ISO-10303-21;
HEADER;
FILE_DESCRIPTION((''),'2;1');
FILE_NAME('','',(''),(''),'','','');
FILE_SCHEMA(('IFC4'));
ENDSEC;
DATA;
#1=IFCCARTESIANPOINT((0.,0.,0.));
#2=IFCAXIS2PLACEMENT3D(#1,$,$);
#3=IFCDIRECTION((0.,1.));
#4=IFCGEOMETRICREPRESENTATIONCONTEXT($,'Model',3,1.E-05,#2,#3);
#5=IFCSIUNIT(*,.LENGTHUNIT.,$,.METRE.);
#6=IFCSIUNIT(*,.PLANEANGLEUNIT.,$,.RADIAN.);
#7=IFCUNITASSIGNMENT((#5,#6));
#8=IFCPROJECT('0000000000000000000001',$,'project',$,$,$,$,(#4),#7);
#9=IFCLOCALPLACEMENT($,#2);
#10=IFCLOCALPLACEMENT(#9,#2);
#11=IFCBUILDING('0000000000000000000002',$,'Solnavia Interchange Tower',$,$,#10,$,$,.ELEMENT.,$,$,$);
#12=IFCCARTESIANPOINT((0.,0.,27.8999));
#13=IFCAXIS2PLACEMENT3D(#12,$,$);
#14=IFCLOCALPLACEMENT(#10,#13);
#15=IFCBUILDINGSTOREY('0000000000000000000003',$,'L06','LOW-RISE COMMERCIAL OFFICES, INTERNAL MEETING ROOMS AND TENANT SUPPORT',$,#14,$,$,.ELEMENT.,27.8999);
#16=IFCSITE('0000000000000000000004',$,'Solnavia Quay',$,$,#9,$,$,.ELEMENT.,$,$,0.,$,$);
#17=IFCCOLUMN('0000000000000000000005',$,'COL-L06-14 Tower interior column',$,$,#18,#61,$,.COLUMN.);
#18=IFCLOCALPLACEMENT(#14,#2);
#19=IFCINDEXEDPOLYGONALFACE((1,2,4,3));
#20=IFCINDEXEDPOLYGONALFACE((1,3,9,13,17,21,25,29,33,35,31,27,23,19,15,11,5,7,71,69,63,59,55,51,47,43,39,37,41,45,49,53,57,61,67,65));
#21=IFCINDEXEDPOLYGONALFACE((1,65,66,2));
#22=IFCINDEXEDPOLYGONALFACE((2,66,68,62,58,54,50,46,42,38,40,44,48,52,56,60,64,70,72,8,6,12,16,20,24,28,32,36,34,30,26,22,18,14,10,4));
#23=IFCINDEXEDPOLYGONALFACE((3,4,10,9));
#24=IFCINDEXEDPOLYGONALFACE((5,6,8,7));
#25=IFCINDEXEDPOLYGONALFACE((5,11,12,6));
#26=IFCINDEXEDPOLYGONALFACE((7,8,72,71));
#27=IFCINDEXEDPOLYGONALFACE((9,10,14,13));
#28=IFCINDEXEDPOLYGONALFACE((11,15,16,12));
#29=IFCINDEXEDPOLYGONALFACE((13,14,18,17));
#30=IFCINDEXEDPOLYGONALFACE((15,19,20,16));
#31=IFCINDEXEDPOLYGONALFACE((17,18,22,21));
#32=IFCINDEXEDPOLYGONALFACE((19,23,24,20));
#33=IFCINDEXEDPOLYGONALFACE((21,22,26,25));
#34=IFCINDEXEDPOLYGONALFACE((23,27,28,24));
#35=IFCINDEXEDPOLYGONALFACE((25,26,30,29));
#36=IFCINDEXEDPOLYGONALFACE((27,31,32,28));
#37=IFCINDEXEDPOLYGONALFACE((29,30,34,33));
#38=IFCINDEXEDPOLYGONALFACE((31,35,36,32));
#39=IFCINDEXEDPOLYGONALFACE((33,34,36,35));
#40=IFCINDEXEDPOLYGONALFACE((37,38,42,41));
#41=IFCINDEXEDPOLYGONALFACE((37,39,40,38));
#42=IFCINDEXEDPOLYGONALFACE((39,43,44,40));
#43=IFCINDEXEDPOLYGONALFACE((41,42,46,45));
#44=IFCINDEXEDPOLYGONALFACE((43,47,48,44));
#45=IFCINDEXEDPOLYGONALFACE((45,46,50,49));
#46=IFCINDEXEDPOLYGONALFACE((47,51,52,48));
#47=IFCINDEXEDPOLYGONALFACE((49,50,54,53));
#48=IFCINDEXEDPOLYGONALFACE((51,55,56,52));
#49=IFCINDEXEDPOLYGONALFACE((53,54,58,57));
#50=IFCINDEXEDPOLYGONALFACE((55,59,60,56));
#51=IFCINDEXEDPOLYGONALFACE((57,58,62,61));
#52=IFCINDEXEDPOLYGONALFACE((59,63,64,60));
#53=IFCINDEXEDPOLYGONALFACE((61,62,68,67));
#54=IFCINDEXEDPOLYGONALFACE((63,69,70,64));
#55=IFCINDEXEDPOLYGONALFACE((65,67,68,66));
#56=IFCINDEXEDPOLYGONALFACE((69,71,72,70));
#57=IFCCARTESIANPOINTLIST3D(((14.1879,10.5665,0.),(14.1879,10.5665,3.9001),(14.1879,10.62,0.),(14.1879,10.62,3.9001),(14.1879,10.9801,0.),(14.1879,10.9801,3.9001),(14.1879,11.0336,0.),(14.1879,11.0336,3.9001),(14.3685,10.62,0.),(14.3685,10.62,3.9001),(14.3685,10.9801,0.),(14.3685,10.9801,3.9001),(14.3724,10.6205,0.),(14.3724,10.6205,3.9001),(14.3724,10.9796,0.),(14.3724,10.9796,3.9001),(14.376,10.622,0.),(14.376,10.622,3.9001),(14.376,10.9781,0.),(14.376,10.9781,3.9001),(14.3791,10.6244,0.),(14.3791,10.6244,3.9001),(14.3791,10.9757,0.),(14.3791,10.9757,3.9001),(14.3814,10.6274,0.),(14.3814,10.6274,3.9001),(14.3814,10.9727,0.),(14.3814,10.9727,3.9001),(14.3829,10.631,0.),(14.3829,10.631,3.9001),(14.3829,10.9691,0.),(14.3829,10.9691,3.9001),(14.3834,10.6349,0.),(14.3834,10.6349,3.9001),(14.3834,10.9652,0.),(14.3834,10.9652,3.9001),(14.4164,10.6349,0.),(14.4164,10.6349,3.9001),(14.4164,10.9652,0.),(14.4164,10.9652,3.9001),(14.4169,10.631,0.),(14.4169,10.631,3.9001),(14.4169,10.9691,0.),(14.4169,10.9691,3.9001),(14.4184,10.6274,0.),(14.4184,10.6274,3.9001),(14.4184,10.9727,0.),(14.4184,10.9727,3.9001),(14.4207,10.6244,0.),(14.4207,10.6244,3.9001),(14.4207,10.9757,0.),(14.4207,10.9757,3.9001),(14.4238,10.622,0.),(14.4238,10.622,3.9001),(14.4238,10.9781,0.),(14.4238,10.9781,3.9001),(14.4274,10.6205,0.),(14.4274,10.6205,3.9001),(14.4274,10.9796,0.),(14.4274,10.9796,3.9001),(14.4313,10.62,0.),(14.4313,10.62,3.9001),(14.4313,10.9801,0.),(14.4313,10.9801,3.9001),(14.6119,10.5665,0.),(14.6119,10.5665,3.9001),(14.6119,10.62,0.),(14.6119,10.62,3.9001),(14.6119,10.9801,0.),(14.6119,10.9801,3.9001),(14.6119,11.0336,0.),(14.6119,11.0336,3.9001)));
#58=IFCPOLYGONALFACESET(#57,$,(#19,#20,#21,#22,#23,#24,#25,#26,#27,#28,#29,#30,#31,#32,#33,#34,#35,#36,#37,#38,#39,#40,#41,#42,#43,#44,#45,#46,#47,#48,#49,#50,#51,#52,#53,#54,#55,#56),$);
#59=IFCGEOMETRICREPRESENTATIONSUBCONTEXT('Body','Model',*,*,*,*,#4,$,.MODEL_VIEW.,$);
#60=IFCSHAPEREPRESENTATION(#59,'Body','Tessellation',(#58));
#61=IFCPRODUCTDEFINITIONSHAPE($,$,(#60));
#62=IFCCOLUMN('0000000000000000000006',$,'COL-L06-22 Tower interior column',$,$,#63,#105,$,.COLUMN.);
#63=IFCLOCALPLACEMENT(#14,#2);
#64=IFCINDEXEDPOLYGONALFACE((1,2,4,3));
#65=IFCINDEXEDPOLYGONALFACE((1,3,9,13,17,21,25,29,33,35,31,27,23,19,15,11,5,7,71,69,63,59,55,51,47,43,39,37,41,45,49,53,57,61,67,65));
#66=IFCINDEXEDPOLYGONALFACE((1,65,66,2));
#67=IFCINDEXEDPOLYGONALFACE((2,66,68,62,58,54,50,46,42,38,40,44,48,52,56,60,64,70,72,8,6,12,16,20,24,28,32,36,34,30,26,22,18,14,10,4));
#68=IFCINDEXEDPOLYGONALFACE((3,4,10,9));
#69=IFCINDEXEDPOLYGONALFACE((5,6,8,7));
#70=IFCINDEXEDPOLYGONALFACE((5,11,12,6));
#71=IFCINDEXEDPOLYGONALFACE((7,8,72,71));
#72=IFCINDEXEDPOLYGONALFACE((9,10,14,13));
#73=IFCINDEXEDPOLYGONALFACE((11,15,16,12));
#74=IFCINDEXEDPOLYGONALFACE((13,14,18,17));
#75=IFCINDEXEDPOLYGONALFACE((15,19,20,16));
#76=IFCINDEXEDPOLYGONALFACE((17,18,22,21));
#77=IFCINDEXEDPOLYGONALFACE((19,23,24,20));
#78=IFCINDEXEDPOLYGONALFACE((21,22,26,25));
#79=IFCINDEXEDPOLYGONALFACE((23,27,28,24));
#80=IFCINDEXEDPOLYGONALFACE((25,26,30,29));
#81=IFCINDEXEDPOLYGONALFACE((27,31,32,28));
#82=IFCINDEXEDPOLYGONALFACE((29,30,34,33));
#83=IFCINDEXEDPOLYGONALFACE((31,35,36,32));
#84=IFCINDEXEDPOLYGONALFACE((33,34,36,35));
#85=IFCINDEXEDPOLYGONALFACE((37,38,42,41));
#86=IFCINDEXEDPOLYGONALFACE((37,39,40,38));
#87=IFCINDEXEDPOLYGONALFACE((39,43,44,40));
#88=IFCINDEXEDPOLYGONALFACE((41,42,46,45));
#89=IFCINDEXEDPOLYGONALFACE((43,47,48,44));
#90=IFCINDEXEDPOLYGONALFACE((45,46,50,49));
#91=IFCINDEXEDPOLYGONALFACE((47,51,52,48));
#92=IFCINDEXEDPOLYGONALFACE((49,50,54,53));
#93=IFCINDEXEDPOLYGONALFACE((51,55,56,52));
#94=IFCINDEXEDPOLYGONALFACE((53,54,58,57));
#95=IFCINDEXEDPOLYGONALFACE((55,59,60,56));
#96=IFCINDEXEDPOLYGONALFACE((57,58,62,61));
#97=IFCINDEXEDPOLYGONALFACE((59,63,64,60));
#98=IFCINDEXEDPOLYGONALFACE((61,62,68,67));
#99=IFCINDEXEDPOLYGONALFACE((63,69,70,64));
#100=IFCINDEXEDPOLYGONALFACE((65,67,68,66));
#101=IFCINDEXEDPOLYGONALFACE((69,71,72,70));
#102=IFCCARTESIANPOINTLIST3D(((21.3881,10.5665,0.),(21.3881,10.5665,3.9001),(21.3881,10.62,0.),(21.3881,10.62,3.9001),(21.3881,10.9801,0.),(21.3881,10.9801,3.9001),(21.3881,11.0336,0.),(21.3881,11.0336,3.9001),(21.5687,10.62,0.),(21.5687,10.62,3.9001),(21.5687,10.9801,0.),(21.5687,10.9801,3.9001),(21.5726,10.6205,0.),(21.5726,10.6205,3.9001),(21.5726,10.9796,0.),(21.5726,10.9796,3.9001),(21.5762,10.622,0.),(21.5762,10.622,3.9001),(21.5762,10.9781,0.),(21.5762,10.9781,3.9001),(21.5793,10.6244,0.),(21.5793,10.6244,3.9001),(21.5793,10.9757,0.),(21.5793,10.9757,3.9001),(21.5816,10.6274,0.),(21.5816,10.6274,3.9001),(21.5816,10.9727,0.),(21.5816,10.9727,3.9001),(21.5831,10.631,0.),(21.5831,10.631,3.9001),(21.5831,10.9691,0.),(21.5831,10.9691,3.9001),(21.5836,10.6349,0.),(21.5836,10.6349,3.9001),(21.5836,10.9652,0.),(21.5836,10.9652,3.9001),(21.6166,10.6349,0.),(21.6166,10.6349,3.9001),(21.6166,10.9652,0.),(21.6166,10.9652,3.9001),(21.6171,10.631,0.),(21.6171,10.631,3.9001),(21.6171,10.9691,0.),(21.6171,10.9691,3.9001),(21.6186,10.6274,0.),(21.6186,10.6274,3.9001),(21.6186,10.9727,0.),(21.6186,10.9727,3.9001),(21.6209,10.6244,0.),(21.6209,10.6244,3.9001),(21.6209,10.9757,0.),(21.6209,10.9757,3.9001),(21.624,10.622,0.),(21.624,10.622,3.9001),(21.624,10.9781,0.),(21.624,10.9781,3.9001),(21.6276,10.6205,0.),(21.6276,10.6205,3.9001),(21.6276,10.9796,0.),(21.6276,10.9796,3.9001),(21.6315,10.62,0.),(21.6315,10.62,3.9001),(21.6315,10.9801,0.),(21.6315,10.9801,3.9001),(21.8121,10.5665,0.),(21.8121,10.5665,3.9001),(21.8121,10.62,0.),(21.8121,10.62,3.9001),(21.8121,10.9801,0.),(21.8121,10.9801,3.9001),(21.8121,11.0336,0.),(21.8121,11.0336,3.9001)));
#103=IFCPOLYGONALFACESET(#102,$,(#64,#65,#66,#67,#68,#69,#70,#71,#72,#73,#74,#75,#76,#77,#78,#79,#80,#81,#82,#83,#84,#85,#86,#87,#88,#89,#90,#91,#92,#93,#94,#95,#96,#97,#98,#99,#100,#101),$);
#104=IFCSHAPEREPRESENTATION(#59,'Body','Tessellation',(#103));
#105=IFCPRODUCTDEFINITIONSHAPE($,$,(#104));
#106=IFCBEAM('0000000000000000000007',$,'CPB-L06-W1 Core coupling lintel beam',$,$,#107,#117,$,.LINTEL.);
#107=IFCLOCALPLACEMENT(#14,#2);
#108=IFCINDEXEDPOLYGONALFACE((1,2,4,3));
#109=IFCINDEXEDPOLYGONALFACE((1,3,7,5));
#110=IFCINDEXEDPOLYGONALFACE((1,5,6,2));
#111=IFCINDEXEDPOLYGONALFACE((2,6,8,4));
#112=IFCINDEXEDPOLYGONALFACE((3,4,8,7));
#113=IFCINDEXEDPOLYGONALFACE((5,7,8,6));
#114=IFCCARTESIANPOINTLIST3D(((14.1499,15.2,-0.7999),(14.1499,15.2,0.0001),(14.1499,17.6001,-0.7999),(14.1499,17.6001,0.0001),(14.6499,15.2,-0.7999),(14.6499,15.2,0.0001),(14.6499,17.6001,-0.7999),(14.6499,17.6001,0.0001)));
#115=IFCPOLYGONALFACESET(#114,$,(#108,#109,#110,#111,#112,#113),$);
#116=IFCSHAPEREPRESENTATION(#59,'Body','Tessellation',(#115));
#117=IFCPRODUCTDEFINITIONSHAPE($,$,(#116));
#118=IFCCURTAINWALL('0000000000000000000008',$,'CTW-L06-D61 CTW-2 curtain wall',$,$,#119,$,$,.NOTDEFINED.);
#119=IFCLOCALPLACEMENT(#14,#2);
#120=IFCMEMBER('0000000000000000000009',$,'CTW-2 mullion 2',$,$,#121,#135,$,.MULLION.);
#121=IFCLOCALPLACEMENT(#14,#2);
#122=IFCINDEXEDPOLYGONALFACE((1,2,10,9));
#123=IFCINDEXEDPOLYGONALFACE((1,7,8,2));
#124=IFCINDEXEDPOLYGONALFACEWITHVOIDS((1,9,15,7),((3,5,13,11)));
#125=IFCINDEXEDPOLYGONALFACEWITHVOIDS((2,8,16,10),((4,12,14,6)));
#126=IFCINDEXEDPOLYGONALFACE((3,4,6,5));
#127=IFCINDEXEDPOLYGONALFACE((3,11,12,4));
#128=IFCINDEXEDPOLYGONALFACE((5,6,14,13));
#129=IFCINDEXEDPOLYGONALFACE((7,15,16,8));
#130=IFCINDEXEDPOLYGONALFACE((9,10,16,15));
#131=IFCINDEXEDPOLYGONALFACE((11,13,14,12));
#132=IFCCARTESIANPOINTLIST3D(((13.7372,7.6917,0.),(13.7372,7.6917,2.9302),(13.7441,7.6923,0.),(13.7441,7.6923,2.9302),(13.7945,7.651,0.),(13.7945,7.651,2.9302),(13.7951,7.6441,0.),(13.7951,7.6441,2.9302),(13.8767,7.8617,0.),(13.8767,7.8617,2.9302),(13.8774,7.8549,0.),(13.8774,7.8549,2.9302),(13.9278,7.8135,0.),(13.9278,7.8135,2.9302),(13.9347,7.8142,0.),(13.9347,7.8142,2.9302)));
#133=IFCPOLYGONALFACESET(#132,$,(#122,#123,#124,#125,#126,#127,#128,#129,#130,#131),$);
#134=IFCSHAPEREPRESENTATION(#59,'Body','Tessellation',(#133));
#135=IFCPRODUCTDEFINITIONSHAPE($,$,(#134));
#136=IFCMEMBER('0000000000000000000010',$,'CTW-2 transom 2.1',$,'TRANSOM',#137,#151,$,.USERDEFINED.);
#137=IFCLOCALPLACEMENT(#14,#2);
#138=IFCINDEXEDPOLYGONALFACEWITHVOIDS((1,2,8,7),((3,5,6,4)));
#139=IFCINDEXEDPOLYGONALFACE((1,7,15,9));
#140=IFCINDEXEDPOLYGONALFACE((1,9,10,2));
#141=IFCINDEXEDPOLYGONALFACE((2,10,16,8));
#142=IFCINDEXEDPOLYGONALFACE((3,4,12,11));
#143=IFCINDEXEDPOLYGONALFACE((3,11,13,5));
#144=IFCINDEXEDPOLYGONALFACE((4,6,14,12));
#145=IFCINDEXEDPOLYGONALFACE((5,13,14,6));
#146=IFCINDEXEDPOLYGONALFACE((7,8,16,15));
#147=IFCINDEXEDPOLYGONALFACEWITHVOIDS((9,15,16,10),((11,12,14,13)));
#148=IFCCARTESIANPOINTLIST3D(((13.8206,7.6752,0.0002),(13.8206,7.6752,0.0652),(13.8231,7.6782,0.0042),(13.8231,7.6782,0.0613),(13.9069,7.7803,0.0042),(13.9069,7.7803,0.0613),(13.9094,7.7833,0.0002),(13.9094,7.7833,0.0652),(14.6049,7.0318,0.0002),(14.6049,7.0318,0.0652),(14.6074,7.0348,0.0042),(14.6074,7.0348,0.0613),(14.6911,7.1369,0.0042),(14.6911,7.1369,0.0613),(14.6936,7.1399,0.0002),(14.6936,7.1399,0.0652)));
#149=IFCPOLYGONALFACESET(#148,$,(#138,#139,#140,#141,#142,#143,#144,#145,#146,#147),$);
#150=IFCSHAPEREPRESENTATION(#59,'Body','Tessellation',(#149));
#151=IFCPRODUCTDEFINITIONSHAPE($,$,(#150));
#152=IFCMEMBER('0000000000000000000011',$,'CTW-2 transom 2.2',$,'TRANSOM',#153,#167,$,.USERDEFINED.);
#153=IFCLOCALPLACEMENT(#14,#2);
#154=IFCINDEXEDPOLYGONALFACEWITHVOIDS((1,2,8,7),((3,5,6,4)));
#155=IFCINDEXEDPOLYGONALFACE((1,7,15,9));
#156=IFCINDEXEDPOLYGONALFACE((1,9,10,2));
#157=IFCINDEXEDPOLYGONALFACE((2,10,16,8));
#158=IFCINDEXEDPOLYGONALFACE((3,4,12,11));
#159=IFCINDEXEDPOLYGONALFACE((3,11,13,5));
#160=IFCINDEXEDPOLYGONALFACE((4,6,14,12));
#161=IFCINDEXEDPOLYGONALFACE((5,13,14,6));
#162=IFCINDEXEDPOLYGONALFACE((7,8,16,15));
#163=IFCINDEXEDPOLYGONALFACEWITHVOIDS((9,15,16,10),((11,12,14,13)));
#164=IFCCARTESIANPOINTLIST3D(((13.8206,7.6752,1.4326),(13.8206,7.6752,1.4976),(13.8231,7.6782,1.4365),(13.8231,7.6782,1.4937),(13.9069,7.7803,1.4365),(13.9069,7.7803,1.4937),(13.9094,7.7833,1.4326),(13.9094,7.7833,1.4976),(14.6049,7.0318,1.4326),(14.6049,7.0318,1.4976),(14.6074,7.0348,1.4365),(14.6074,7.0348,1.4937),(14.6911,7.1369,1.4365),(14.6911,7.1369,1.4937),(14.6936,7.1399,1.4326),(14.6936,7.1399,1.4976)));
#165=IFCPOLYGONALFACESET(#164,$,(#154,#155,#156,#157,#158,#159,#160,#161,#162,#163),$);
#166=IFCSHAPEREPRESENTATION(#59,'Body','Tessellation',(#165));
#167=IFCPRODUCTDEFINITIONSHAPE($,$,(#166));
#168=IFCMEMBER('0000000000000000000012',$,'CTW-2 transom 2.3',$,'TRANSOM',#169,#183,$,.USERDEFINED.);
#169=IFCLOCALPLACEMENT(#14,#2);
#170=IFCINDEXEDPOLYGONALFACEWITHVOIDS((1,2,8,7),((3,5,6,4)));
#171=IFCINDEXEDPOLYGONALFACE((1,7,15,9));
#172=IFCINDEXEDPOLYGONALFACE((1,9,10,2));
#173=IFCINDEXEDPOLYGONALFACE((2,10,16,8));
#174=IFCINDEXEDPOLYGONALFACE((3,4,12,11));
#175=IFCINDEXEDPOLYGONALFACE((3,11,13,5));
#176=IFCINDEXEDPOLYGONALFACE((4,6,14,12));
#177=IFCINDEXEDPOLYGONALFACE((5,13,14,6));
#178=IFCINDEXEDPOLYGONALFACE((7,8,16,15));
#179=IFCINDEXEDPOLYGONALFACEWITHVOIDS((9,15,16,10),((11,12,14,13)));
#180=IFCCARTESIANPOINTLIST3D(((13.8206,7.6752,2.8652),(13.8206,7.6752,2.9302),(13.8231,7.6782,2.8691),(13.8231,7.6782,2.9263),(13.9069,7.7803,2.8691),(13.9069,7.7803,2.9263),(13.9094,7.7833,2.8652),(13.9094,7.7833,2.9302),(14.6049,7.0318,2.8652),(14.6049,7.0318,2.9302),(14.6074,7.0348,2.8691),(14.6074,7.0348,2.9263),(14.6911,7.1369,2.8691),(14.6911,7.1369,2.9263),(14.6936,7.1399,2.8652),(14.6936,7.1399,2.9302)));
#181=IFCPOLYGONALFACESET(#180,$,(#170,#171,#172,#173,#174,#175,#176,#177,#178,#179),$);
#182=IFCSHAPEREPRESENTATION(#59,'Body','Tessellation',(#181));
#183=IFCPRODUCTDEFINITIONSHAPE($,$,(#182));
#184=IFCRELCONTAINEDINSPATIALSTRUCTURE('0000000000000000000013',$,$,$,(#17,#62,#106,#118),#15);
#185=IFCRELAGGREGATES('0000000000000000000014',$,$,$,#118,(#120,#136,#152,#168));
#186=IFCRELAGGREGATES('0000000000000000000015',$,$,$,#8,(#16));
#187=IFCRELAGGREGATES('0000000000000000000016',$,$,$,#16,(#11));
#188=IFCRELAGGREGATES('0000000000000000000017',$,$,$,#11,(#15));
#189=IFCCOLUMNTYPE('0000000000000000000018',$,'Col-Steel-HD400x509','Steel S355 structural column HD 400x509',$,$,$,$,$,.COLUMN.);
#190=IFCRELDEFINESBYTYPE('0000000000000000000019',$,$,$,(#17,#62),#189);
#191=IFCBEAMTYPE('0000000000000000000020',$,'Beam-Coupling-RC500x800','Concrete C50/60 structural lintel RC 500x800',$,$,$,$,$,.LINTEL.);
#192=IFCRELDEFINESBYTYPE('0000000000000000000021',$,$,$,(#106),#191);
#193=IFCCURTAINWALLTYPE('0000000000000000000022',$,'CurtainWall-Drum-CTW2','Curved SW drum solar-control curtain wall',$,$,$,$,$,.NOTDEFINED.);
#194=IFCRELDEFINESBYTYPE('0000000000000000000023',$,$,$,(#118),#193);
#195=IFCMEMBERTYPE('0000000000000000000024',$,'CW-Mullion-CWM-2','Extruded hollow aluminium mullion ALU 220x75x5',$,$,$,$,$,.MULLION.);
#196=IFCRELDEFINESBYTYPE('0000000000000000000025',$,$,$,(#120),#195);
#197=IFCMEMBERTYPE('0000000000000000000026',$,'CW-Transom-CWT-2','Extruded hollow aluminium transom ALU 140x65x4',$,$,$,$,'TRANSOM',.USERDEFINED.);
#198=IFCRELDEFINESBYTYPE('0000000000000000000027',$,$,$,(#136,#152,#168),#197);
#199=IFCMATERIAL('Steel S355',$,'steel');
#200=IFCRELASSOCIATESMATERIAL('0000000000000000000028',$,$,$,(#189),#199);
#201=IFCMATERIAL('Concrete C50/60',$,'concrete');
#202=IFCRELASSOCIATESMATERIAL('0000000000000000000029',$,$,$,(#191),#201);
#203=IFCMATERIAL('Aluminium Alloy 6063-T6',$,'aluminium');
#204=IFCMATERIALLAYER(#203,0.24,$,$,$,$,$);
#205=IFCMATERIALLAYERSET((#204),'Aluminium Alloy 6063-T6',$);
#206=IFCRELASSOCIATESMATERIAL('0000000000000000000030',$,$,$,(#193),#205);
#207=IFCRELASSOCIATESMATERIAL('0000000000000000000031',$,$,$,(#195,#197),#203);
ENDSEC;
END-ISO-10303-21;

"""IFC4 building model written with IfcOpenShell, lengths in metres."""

from ifc_helpers import new_model, si_unit, direction, frame, origin, origin_2d, place, context, subcontext, project, spatial, rectangle, hollow_rectangle, i_section, extrude, material, layer, layer_set, material_profile, profile_set, type_object, element, aggregate, save


model = new_model("IFC4")

# Units and contexts
model_context = context("Model", 3, precision=1e-05, world=origin(), true_north=direction((0.0, 1.0)))
body_context = subcontext(model_context, "Body", "Model", "MODEL_VIEW")
ifc_project = project(units=[si_unit("LENGTHUNIT", "METRE"), si_unit("PLANEANGLEUNIT", "RADIAN")], contexts=[model_context])

# Site, building, storey
site_placement = place(None, origin())
site = spatial("IfcSite", under=ifc_project, at=site_placement, Name="Solnavia Quay", CompositionType="ELEMENT", RefElevation=0.0)
building_placement = place(site_placement, origin())
building = spatial("IfcBuilding", under=site, at=building_placement, Name="Solnavia Interchange Tower", CompositionType="ELEMENT")
storey_placement = place(building_placement, frame((0.0, 0.0, 27.8999)))
storey = spatial("IfcBuildingStorey", under=building, at=storey_placement, Name="L06", Description="LOW-RISE COMMERCIAL OFFICES, INTERNAL MEETING ROOMS AND TENANT SUPPORT", CompositionType="ELEMENT", Elevation=27.8999)

# Columns
ifc_material_1 = material(Name="Steel S355", Category="steel")
ifc_material_profile_1 = material_profile(ifc_material_1, i_section(OverallWidth=0.4241, OverallDepth=0.467, WebThickness=0.033, FlangeThickness=0.0535, FilletRadius=0.0149, at=origin_2d()), Name="HD 400x509")
ifc_profile_set_1 = profile_set([ifc_material_profile_1], Name="Steel S355")
column_type = type_object("IfcColumnType", Name="Col-Steel-HD400x509", Description="Steel S355 structural column HD 400x509", PredefinedType="COLUMN", material=ifc_profile_set_1)
for number, where, z_axis, x_axis, name in (
    (1, (14.3999, 10.8, 0.0), (0.0, 0.0, 1.0), (1.0, 0.0, 0.0), "COL-L06-14 Tower interior column"),
    (2, (21.6001, 10.8, 0.0), (0.0, 0.0, 1.0), (1.0, 0.0, 0.0), "COL-L06-22 Tower interior column"),
):
    element("IfcColumn", number, at=place(storey_placement, frame(where, z_axis=z_axis, x_axis=x_axis)), inside=storey, type_object=column_type, Name=name, PredefinedType="COLUMN", context=body_context, shape_type="SweptSolid", body=[
        extrude(i_section(OverallWidth=0.4241, OverallDepth=0.467, WebThickness=0.033, FlangeThickness=0.0535, FilletRadius=0.0149, at=origin_2d()), origin(), (0.0, 0.0, 1.0), 3.9001),
    ])

# Beam
ifc_material_2 = material(Name="Concrete C50/60", Category="concrete")
ifc_material_profile_2 = material_profile(ifc_material_2, rectangle(XDim=0.5, YDim=0.8, at=origin_2d()), Name="RC 500x800")
ifc_profile_set_2 = profile_set([ifc_material_profile_2], Name="Concrete C50/60")
beam_type = type_object("IfcBeamType", Name="Beam-Coupling-RC500x800", Description="Concrete C50/60 structural lintel RC 500x800", PredefinedType="LINTEL", material=ifc_profile_set_2)
beam_placement = place(storey_placement, frame((14.3999, 15.2, -0.3999), z_axis=(0.0, 1.0, 0.0), x_axis=(-1.0, 0.0, 0.0)))
element("IfcBeam", 3, at=beam_placement, inside=storey, type_object=beam_type, Name="CPB-L06-W1 Core coupling lintel beam", PredefinedType="LINTEL", context=body_context, shape_type="SweptSolid", body=[
    extrude(rectangle(XDim=0.5, YDim=0.8, at=origin_2d()), origin(), (0.0, 0.0, 1.0), 2.4001),
])

# Curtain wall, members
ifc_material_3 = material(Name="Aluminium Alloy 6063-T6", Category="aluminium")
ifc_layer_1 = layer(ifc_material_3, 0.24)
ifc_layer_set_1 = layer_set([ifc_layer_1], Name="Aluminium Alloy 6063-T6")
curtain_wall_type = type_object("IfcCurtainWallType", Name="CurtainWall-Drum-CTW2", Description="Curved SW drum solar-control curtain wall", PredefinedType="NOTDEFINED", material=ifc_layer_set_1)
curtain_wall_placement = place(storey_placement, origin())
curtain_wall = element("IfcCurtainWall", 4, at=curtain_wall_placement, inside=storey, type_object=curtain_wall_type, Name="CTW-L06-D61 CTW-2 curtain wall", PredefinedType="NOTDEFINED")
ifc_material_profile_3 = material_profile(ifc_material_3, hollow_rectangle(XDim=0.075, YDim=0.22, WallThickness=0.0049, at=origin_2d()), Name="ALU 220x75x5")
ifc_profile_set_3 = profile_set([ifc_material_profile_3], Name="Aluminium Alloy 6063-T6")
member_type_1 = type_object("IfcMemberType", Name="CW-Mullion-CWM-2", Description="Extruded hollow aluminium mullion ALU 220x75x5", PredefinedType="MULLION", material=ifc_profile_set_3)
member_1_placement = place(storey_placement, frame((13.8359, 7.7529, 0.0), z_axis=(0.0, 0.0, 1.0), x_axis=(0.773095, -0.634291, 0.0)))
member_1 = element("IfcMember", 5, at=member_1_placement, type_object=member_type_1, Name="CTW-2 mullion 2", PredefinedType="MULLION", context=body_context, shape_type="SweptSolid", body=[
    extrude(hollow_rectangle(XDim=0.075, YDim=0.22, WallThickness=0.0049, at=origin_2d()), origin(), (0.0, 0.0, 1.0), 2.9302),
])
ifc_material_profile_4 = material_profile(ifc_material_3, hollow_rectangle(XDim=0.0649, YDim=0.1399, WallThickness=0.0039, at=origin_2d()), Name="ALU 140x65x4")
ifc_profile_set_4 = profile_set([ifc_material_profile_4], Name="Aluminium Alloy 6063-T6")
member_type_2 = type_object("IfcMemberType", Name="CW-Transom-CWT-2", Description="Extruded hollow aluminium transom ALU 140x65x4", ElementType="TRANSOM", PredefinedType="USERDEFINED", material=ifc_profile_set_4)
member_2_placement = place(storey_placement, frame((13.865, 7.7292, 0.0327), z_axis=(0.773131, -0.634247, 0.0), x_axis=(0.0, 0.0, 1.0)))
member_2 = element("IfcMember", 6, at=member_2_placement, type_object=member_type_2, Name="CTW-2 transom 2.1", ObjectType="TRANSOM", PredefinedType="USERDEFINED", context=body_context, shape_type="SweptSolid", body=[
    extrude(hollow_rectangle(XDim=0.0649, YDim=0.1399, WallThickness=0.0039, at=origin_2d()), origin(), (0.0, 0.0, 1.0), 1.0144),
])
member_3_placement = place(storey_placement, frame((13.865, 7.7292, 1.4651), z_axis=(0.773131, -0.634247, 0.0), x_axis=(0.0, 0.0, 1.0)))
member_3 = element("IfcMember", 7, at=member_3_placement, type_object=member_type_2, Name="CTW-2 transom 2.2", ObjectType="TRANSOM", PredefinedType="USERDEFINED", context=body_context, shape_type="SweptSolid", body=[
    extrude(hollow_rectangle(XDim=0.0649, YDim=0.1399, WallThickness=0.0039, at=origin_2d()), origin(), (0.0, 0.0, 1.0), 1.0144),
])
member_4_placement = place(storey_placement, frame((13.865, 7.7292, 2.8977), z_axis=(0.773131, -0.634247, 0.0), x_axis=(0.0, 0.0, 1.0)))
member_4 = element("IfcMember", 8, at=member_4_placement, type_object=member_type_2, Name="CTW-2 transom 2.3", ObjectType="TRANSOM", PredefinedType="USERDEFINED", context=body_context, shape_type="SweptSolid", body=[
    extrude(hollow_rectangle(XDim=0.0649, YDim=0.1399, WallThickness=0.0039, at=origin_2d()), origin(), (0.0, 0.0, 1.0), 1.0144),
])
aggregate(curtain_wall, [member_1, member_2, member_3, member_4])

save(model, "model.ifc")
